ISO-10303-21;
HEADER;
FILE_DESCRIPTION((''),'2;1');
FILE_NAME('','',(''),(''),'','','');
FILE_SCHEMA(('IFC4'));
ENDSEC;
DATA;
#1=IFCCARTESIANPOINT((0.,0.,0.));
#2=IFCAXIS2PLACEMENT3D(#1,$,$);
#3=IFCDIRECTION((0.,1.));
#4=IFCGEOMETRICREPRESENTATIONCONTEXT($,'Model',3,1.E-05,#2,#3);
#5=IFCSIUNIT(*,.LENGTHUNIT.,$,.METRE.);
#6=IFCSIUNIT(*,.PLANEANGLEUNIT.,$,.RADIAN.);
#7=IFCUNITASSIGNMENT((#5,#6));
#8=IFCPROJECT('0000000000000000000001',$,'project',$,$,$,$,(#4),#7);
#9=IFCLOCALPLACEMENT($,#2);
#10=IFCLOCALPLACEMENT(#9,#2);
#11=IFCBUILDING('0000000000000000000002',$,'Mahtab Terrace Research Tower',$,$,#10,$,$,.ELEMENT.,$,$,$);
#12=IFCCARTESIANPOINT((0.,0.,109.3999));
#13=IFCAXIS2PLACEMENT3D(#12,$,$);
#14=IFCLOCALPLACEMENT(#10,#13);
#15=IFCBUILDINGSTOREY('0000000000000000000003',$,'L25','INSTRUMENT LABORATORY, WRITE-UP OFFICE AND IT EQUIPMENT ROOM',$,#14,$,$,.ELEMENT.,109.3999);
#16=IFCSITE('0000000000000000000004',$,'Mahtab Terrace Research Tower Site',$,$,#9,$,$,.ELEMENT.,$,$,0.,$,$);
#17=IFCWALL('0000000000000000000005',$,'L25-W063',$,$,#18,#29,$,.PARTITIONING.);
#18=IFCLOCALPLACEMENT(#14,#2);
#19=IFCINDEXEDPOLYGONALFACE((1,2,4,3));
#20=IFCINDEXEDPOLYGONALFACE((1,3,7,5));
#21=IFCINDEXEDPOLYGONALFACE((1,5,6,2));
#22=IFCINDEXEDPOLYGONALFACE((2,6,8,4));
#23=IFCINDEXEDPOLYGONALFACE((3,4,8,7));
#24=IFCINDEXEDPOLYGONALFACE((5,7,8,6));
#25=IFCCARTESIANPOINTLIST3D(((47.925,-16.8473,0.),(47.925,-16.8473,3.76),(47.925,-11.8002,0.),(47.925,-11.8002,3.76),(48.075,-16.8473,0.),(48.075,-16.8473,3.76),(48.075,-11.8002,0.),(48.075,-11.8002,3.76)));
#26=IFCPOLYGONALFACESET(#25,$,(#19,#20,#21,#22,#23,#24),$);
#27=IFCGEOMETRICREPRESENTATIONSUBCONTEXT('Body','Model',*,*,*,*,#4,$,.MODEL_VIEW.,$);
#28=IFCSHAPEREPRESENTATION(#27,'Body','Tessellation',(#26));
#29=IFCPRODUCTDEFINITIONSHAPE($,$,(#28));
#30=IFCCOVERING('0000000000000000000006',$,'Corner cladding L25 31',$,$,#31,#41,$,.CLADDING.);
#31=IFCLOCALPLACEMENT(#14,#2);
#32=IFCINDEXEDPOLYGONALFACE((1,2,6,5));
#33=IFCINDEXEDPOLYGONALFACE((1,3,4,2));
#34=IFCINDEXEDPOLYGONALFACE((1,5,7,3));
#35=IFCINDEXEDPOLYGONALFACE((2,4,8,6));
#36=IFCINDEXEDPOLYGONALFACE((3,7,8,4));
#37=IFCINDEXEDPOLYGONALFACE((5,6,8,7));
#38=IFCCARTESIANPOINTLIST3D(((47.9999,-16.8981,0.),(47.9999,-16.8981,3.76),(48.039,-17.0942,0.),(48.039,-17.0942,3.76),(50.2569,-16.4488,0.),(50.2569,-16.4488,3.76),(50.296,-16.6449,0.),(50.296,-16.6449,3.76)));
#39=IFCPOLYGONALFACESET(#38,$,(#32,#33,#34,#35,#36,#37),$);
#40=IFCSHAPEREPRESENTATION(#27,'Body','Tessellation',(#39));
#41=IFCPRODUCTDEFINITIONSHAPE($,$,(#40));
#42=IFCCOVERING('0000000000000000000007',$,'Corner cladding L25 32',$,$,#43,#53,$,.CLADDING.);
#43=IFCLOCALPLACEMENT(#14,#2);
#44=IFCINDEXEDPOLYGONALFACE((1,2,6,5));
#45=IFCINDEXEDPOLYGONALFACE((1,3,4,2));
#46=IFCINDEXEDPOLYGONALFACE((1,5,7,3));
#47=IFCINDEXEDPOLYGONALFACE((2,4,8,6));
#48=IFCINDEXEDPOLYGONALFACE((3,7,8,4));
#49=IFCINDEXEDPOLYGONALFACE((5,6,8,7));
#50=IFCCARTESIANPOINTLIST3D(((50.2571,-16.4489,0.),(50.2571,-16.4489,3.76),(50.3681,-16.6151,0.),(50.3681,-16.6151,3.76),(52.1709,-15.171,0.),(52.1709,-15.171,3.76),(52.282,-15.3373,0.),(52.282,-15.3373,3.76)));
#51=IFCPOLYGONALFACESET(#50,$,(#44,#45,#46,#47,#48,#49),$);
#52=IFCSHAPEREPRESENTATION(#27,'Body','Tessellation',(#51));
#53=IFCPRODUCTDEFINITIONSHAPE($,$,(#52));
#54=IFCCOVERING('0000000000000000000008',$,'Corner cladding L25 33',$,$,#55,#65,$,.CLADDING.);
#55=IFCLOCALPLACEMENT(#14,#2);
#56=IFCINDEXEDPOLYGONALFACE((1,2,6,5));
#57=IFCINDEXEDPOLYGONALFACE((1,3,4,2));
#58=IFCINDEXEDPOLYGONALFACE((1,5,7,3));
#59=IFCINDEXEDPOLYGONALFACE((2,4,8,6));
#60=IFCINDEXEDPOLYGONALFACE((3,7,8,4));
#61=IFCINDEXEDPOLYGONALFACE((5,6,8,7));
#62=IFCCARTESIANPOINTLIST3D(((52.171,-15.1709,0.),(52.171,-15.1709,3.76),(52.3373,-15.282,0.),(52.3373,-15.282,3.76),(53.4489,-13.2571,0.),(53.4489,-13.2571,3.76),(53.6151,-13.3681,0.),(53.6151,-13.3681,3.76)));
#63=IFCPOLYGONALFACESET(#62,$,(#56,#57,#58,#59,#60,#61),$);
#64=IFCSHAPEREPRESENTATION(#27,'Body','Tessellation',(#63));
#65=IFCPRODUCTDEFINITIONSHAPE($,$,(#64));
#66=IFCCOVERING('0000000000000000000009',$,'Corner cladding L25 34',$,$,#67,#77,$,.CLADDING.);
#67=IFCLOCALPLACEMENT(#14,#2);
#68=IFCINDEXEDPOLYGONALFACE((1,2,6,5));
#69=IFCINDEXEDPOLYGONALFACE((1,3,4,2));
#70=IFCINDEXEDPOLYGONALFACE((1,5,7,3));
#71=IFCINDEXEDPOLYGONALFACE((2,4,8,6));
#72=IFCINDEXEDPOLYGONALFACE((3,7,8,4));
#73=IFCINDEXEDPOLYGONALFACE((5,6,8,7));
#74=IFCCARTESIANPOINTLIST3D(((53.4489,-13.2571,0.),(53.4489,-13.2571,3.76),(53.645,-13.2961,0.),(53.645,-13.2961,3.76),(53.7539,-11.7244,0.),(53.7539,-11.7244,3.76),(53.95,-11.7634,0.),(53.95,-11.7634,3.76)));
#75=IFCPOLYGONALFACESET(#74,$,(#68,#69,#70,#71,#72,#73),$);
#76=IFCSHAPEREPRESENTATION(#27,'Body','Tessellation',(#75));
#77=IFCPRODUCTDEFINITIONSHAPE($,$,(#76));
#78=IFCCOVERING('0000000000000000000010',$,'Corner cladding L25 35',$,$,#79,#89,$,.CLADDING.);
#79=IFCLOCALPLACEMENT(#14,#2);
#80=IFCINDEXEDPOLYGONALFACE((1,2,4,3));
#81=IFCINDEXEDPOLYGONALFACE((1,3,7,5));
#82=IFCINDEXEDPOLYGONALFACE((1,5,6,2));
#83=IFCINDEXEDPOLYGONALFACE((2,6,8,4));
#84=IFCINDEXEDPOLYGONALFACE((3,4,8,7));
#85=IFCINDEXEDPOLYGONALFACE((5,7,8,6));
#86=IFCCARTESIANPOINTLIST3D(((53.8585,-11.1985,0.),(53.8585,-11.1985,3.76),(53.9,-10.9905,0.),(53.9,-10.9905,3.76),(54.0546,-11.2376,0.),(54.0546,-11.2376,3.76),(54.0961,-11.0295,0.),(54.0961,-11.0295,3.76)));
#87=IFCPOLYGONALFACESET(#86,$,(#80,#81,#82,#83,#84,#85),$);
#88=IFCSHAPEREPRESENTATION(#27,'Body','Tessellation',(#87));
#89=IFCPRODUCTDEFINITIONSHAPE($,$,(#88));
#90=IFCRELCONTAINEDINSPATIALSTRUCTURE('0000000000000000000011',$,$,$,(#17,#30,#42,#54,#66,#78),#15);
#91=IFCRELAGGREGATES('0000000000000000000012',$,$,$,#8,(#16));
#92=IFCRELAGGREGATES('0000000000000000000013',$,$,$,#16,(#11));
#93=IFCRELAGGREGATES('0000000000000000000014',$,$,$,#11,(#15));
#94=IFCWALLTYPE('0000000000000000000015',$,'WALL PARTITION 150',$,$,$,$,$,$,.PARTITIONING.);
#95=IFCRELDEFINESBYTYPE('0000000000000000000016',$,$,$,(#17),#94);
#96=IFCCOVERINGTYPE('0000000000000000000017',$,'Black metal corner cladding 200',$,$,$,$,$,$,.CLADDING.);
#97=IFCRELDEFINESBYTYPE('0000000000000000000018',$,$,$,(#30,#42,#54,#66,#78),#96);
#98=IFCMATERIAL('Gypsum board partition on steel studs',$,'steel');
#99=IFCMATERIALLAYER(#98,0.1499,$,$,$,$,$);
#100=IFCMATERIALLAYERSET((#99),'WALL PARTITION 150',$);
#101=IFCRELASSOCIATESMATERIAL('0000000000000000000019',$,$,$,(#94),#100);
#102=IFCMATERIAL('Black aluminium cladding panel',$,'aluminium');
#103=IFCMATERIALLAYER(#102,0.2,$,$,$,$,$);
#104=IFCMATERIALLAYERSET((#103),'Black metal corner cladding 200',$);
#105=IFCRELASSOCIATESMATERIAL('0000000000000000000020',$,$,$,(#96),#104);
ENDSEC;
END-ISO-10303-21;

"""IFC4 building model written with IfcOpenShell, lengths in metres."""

from ifc_helpers import new_model, si_unit, direction, frame, frame_2d, origin, origin_2d, place, context, subcontext, project, spatial, rectangle, extrude, material, layer, layer_set, type_object, element, save


model = new_model("IFC4")

# Units and contexts
model_context = context("Model", 3, precision=1e-05, world=origin(), true_north=direction((0.0, 1.0)))
body_context = subcontext(model_context, "Body", "Model", "MODEL_VIEW")
ifc_project = project(units=[si_unit("LENGTHUNIT", "METRE"), si_unit("PLANEANGLEUNIT", "RADIAN")], contexts=[model_context])

# Site, building, storey
site_placement = place(None, origin())
site = spatial("IfcSite", under=ifc_project, at=site_placement, Name="Mahtab Terrace Research Tower Site", CompositionType="ELEMENT", RefElevation=0.0)
building_placement = place(site_placement, origin())
building = spatial("IfcBuilding", under=site, at=building_placement, Name="Mahtab Terrace Research Tower", CompositionType="ELEMENT")
storey_placement = place(building_placement, frame((0.0, 0.0, 109.3999)))
storey = spatial("IfcBuildingStorey", under=building, at=storey_placement, Name="L25", Description="INSTRUMENT LABORATORY, WRITE-UP OFFICE AND IT EQUIPMENT ROOM", CompositionType="ELEMENT", Elevation=109.3999)

# Shared definitions
ifc_material_1 = material(Name="Black aluminium cladding panel", Category="aluminium")

# Wall
ifc_material_2 = material(Name="Gypsum board partition on steel studs", Category="steel")
ifc_layer_1 = layer(ifc_material_2, 0.1499)
ifc_layer_set_1 = layer_set([ifc_layer_1], Name="WALL PARTITION 150")
wall_type_1 = type_object("IfcWallType", Name="WALL PARTITION 150", PredefinedType="PARTITIONING", material=ifc_layer_set_1)
wall_1_placement = place(storey_placement, frame((48.0, -16.8472, 0.0), z_axis=(0.0, 0.0, 1.0), x_axis=(0.0, 1.0, 0.0)))
element("IfcWall", 1, at=wall_1_placement, inside=storey, type_object=wall_type_1, Name="L25-W063", PredefinedType="PARTITIONING", context=body_context, shape_type="SweptSolid", body=[
    extrude(rectangle(XDim=5.0471, YDim=0.1499, at=frame_2d((2.5234, 0.0))), origin(), (0.0, 0.0, 1.0), 3.76),
])

# Coverings
ifc_layer_2 = layer(ifc_material_1, 0.2)
ifc_layer_set_2 = layer_set([ifc_layer_2], Name="Black metal corner cladding 200")
covering_type = type_object("IfcCoveringType", Name="Black metal corner cladding 200", PredefinedType="CLADDING", material=ifc_layer_set_2)
for number, where, z_axis, x_axis, name in (
    (2, (49.1479, -16.7715, 0.0), (0.0, 0.0, 1.0), (0.980761, 0.195212, 0.0), "Corner cladding L25 31"),
    (3, (51.2695, -15.8931, 0.0), (0.0, 0.0, 1.0), (0.831656, 0.555291, 0.0), "Corner cladding L25 32"),
    (4, (52.8931, -14.2695, 0.0), (0.0, 0.0, 1.0), (0.555291, 0.831656, 0.0), "Corner cladding L25 33"),
):
    element("IfcCovering", number, at=place(storey_placement, frame(where, z_axis=z_axis, x_axis=x_axis)), inside=storey, type_object=covering_type, Name=name, PredefinedType="CLADDING", context=body_context, shape_type="SweptSolid", body=[
        extrude(rectangle(XDim=2.3013, YDim=0.2, at=origin_2d()), origin(), (0.0, 0.0, 1.0), 3.76),
    ])
covering_1_placement = place(storey_placement, frame((53.6995, -12.5103, 0.0), z_axis=(0.0, 0.0, 1.0), x_axis=(0.195212, 0.980761, 0.0)))
element("IfcCovering", 5, at=covering_1_placement, inside=storey, type_object=covering_type, Name="Corner cladding L25 34", PredefinedType="CLADDING", context=body_context, shape_type="SweptSolid", body=[
    extrude(rectangle(XDim=1.5627, YDim=0.2, at=origin_2d()), origin(), (0.0, 0.0, 1.0), 3.76),
])
covering_2_placement = place(storey_placement, frame((53.9773, -11.114, 0.0), z_axis=(0.0, 0.0, 1.0), x_axis=(0.195212, 0.980761, 0.0)))
element("IfcCovering", 6, at=covering_2_placement, inside=storey, type_object=covering_type, Name="Corner cladding L25 35", PredefinedType="CLADDING", context=body_context, shape_type="SweptSolid", body=[
    extrude(rectangle(XDim=0.2122, YDim=0.2, at=origin_2d()), origin(), (0.0, 0.0, 1.0), 3.76),
])

save(model, "model.ifc")
